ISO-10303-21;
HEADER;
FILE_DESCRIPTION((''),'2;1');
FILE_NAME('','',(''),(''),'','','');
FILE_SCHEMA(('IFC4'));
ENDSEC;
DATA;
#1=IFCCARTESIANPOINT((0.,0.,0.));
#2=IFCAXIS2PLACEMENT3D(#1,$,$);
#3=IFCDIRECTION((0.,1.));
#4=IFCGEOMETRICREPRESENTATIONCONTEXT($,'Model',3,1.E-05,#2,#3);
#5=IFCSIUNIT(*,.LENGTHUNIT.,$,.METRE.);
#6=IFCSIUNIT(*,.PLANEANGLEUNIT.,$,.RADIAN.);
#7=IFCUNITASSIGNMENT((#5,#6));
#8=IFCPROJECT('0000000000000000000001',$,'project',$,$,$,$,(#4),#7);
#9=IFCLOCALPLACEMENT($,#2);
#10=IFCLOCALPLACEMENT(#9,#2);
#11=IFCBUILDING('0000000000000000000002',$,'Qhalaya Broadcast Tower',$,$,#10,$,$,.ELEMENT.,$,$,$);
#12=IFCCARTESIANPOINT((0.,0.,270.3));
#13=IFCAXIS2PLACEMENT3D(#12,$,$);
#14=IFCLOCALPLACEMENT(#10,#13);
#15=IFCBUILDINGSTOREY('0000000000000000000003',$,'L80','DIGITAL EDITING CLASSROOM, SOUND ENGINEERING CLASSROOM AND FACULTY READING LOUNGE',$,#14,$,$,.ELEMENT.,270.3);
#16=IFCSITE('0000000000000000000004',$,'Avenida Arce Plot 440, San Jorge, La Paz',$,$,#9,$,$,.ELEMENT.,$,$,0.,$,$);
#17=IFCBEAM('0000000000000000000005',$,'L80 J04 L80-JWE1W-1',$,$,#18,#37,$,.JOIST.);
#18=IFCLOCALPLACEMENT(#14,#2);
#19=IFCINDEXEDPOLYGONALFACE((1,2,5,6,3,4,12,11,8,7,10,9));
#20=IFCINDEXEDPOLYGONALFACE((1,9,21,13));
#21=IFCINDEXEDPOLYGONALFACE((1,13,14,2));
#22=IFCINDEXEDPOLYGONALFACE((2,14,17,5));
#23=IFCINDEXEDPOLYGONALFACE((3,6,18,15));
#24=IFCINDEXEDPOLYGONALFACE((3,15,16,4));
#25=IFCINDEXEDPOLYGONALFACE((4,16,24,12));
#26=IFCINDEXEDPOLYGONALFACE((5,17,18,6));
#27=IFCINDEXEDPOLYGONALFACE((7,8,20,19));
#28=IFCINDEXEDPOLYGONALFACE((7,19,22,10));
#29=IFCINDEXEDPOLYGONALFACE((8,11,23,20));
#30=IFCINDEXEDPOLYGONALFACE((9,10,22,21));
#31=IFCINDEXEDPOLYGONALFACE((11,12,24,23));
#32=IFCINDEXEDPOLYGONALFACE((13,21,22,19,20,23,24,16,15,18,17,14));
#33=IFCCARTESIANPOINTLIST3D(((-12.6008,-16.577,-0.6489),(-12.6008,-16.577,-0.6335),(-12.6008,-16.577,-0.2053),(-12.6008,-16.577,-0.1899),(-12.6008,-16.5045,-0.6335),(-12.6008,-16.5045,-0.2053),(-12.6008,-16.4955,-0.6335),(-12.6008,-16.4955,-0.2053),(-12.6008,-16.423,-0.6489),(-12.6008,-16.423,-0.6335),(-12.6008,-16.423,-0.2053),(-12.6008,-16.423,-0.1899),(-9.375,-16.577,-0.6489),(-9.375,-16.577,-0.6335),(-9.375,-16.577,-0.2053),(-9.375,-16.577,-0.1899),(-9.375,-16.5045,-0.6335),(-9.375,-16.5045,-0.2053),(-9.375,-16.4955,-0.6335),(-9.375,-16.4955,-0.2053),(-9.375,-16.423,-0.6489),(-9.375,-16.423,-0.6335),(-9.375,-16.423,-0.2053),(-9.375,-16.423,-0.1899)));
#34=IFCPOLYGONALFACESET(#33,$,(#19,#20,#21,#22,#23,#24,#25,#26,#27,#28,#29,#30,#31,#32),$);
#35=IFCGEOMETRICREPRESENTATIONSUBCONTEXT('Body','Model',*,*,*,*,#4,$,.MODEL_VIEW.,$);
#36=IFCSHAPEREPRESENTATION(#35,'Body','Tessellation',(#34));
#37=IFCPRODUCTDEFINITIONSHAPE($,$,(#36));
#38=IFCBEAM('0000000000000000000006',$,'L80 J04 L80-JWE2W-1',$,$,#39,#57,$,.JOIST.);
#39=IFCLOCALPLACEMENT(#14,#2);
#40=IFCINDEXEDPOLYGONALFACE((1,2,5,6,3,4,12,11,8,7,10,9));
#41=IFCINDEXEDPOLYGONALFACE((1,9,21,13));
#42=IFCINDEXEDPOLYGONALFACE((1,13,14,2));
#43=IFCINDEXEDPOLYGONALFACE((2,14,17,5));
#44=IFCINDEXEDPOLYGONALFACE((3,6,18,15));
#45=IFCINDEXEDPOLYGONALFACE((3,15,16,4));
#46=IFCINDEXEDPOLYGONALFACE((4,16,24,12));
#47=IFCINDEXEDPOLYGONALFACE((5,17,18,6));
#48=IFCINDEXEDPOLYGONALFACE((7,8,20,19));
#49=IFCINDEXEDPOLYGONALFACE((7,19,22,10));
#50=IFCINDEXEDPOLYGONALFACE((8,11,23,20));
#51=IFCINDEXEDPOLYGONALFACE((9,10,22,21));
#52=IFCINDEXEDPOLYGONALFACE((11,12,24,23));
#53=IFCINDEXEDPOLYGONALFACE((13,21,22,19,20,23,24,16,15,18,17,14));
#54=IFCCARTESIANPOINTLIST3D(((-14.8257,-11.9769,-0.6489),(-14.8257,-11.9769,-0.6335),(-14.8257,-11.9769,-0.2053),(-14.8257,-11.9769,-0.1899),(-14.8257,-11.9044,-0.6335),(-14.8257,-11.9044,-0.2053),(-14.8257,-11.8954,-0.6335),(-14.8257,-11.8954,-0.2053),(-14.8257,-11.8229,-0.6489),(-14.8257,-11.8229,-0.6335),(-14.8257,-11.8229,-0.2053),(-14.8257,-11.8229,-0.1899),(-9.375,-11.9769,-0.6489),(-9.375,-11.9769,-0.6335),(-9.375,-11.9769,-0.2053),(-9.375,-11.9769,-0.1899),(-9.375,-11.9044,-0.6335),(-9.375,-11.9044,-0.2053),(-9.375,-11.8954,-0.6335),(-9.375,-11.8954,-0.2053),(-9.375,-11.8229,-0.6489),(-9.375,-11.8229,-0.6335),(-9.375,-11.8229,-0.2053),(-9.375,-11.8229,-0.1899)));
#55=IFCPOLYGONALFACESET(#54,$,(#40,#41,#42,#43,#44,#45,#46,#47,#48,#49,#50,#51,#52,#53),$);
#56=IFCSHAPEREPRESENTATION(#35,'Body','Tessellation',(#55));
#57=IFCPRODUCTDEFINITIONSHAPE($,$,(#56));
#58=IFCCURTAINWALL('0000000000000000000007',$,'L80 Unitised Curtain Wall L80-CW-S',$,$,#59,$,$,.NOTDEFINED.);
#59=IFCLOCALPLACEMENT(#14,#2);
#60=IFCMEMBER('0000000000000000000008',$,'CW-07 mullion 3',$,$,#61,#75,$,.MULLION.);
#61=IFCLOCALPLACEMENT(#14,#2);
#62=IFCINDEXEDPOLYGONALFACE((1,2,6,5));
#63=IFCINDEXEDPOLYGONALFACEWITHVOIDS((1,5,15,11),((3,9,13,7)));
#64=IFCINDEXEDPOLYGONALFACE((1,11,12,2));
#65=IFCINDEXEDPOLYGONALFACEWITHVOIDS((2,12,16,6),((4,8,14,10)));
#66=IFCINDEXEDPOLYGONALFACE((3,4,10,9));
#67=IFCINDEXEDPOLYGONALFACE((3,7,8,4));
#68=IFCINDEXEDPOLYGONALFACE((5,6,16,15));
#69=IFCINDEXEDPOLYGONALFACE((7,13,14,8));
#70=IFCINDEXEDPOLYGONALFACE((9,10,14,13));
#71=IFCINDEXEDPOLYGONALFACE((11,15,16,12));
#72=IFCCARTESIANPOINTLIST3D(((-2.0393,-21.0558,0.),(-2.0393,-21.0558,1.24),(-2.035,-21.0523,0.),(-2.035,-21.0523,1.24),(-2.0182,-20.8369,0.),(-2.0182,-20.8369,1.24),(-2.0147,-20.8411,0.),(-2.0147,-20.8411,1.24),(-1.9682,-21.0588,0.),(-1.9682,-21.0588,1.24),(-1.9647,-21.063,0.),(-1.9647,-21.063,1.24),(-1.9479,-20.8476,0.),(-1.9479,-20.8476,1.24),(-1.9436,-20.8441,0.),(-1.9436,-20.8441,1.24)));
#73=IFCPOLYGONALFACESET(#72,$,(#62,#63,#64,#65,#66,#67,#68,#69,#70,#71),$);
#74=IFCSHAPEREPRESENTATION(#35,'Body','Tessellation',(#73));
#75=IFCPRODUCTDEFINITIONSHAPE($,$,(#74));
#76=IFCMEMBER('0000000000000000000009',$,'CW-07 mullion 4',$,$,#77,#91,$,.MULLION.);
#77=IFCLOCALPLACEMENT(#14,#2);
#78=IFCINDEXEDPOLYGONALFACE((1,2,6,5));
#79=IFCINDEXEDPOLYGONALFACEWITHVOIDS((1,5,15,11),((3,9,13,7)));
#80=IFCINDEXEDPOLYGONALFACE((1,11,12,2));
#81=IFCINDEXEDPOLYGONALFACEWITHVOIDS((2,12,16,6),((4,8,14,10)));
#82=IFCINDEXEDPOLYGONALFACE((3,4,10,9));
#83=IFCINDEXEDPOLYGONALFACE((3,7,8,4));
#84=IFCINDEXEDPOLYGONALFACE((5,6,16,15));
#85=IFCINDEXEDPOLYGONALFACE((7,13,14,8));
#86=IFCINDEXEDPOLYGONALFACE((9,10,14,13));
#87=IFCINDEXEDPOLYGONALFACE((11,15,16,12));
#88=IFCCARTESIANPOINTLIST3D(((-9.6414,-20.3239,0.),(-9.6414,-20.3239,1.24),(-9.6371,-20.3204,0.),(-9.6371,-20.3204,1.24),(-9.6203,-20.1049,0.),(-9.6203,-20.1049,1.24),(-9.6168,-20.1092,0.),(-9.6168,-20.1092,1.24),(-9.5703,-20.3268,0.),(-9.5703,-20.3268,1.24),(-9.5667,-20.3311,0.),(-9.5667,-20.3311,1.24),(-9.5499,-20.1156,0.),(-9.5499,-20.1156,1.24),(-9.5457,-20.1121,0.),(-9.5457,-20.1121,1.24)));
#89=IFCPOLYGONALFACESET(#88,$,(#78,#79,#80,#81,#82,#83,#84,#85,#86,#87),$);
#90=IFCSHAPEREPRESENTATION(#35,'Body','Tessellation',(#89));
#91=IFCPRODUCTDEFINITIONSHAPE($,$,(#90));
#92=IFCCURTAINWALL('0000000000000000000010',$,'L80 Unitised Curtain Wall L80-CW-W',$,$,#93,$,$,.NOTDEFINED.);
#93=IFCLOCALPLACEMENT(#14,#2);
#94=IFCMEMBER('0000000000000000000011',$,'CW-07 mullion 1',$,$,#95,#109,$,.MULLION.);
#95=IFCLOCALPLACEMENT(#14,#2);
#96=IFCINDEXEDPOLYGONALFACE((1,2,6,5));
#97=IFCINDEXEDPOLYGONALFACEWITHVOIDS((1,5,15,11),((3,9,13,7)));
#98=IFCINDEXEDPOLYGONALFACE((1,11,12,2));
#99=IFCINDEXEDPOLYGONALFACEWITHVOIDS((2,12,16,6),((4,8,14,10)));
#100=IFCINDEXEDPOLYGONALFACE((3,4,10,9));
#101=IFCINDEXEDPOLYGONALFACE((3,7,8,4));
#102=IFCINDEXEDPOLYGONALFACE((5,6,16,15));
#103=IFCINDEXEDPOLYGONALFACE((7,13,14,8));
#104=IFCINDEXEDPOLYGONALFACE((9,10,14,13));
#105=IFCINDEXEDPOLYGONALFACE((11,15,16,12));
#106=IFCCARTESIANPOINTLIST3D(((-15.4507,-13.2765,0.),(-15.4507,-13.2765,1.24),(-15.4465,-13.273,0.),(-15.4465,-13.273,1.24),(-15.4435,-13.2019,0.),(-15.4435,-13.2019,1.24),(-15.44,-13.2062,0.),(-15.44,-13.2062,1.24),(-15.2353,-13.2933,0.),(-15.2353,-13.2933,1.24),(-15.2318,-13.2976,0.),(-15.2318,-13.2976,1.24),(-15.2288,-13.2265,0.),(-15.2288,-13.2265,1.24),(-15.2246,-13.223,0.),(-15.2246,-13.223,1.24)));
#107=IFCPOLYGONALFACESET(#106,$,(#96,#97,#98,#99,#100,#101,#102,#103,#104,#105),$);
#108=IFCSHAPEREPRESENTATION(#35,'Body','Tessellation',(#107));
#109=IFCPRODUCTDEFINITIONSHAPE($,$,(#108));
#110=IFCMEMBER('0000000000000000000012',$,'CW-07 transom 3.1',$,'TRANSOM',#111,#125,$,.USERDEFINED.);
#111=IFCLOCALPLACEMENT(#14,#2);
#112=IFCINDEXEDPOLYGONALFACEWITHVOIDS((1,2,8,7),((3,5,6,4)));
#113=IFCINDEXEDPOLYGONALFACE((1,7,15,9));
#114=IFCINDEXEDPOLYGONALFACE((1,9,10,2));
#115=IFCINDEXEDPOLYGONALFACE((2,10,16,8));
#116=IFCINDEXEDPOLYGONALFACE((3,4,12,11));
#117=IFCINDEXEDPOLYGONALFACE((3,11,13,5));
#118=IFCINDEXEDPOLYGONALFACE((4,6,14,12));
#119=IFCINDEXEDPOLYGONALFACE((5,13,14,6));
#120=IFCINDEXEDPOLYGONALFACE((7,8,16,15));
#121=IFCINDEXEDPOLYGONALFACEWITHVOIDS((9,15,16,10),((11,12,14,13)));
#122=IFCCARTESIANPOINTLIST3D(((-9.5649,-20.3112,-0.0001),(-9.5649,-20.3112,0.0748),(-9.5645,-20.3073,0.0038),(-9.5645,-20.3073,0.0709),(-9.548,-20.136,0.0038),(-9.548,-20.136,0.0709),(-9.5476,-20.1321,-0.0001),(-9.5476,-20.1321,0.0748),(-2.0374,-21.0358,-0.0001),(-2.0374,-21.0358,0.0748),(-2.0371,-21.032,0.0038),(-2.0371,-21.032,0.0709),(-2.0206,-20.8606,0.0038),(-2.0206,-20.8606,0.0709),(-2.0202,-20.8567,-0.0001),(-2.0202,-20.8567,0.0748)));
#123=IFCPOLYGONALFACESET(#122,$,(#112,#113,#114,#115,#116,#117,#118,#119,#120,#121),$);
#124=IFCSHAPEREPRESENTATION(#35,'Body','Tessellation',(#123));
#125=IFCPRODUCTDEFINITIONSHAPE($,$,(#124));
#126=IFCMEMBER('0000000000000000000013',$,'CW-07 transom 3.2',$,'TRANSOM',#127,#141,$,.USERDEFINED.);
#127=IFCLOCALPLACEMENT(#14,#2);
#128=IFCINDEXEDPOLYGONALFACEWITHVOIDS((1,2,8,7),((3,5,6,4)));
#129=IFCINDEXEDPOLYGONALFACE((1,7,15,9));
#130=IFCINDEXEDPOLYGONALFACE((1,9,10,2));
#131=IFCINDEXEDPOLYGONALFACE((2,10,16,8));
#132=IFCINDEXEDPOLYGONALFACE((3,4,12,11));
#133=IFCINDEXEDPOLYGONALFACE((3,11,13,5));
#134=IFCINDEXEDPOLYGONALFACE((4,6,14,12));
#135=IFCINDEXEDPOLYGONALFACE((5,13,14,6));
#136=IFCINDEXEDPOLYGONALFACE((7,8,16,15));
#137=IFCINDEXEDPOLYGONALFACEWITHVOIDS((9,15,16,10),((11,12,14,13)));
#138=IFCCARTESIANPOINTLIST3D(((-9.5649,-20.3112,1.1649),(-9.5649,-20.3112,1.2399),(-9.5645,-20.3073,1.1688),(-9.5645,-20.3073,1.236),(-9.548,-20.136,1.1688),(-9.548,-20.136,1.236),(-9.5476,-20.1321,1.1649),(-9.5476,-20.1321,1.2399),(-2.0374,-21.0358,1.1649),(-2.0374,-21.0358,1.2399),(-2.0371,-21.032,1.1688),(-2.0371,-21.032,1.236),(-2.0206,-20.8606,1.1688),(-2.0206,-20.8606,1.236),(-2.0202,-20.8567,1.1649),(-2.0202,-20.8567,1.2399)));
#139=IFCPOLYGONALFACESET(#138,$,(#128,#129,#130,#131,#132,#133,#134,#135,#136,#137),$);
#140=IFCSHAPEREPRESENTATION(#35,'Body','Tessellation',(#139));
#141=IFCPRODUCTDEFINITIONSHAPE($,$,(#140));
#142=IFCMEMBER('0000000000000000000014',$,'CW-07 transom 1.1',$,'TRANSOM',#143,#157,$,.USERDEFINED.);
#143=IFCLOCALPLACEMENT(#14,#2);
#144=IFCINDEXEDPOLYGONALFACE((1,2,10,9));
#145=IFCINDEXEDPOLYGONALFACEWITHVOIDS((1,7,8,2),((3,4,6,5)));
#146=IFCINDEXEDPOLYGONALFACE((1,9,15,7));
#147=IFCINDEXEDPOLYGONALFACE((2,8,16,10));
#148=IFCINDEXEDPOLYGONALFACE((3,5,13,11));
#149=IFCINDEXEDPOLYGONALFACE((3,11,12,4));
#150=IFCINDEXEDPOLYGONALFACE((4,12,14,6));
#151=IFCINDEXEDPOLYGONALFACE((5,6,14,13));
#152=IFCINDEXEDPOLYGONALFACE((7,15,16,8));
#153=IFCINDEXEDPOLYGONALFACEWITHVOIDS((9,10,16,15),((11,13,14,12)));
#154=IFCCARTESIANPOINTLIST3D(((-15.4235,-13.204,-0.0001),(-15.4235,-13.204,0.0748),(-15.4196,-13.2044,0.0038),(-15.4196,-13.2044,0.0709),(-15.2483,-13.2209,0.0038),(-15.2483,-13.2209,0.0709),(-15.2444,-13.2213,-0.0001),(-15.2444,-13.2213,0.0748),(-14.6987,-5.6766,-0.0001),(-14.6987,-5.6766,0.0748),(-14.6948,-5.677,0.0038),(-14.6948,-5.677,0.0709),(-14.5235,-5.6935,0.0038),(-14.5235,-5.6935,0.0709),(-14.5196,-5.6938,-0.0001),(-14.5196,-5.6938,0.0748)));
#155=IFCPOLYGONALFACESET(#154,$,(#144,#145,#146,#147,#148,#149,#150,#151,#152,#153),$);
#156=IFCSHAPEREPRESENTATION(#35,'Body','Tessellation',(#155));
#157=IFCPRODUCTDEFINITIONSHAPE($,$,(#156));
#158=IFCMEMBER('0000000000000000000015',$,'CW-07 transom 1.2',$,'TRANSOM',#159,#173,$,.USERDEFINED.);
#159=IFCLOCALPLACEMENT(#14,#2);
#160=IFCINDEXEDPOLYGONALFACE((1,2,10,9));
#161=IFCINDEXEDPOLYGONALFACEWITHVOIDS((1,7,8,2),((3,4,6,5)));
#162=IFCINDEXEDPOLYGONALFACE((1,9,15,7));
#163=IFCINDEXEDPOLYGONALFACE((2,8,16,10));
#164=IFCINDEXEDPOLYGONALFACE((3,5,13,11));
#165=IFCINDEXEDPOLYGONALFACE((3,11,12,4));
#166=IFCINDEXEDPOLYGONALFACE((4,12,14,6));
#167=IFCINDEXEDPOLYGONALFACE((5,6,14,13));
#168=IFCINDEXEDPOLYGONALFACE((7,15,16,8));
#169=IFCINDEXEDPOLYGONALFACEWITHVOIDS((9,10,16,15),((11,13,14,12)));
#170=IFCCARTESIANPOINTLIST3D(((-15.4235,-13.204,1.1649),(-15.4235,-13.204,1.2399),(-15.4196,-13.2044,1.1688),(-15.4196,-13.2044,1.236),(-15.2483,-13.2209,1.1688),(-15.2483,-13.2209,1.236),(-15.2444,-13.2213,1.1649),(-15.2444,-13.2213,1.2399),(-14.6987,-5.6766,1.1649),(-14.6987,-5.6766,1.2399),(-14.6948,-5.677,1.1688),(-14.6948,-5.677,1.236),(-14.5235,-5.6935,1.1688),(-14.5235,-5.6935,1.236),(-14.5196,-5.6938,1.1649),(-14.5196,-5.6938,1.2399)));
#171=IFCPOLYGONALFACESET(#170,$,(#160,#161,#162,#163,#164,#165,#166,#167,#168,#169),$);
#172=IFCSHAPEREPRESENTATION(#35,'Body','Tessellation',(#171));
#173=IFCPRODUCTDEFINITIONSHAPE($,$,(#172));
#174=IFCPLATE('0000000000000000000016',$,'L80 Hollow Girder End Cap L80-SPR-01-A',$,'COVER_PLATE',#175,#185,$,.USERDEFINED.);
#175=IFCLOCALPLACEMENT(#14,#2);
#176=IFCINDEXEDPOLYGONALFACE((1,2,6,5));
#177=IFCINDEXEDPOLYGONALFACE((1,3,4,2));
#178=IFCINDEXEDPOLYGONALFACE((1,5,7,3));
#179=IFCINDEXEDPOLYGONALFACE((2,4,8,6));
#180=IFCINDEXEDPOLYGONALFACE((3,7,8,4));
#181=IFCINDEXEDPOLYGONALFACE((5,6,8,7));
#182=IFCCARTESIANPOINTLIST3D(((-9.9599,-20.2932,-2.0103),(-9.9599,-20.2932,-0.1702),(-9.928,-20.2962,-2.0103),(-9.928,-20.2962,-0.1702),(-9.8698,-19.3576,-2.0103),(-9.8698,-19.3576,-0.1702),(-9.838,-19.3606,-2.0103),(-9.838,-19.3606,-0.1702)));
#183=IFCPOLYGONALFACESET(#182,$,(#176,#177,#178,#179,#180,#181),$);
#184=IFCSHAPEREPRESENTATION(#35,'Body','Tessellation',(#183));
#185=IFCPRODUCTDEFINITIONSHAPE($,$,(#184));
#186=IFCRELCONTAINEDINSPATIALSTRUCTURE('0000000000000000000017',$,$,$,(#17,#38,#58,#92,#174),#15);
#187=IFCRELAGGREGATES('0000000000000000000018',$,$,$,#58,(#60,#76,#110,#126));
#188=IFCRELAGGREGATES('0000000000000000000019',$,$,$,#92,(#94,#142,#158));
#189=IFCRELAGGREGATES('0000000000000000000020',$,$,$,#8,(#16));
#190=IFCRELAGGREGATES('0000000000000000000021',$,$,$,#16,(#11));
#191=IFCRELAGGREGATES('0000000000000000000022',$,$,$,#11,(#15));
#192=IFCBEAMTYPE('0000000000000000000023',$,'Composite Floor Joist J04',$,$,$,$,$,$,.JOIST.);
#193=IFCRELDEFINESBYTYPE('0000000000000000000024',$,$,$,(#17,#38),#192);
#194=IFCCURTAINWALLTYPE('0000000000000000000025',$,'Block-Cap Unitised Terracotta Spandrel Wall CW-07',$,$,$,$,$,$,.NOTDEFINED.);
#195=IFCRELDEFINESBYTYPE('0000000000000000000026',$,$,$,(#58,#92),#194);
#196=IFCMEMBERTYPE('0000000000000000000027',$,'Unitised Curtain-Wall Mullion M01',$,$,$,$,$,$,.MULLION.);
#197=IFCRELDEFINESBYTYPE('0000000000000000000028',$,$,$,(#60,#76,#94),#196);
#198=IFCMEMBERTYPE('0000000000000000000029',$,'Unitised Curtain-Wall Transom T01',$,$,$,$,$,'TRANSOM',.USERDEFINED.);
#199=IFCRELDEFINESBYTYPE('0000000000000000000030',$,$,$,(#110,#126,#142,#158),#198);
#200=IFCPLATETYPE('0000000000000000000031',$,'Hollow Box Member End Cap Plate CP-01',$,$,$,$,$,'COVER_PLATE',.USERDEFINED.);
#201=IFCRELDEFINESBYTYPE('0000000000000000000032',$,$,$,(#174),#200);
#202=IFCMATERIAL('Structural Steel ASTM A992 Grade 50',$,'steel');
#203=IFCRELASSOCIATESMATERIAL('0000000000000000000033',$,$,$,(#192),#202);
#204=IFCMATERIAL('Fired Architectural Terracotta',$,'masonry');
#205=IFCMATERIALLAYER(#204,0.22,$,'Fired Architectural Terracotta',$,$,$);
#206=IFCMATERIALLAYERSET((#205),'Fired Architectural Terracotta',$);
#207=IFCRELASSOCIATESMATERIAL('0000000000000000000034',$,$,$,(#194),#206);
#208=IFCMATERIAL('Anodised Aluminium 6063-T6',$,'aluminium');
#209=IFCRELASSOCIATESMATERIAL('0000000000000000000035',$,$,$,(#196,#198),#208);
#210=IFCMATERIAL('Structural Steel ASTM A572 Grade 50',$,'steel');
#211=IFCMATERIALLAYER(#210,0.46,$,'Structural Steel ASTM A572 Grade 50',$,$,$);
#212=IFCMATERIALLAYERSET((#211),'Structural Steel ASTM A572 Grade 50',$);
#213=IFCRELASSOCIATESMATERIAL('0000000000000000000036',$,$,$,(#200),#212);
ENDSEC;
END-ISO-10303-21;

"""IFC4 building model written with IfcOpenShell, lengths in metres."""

from ifc_helpers import new_model, si_unit, direction, frame, origin, origin_2d, place, context, subcontext, project, spatial, rectangle, hollow_rectangle, i_section, extrude, material, layer, layer_set, material_profile, profile_set, type_object, element, aggregate, save


model = new_model("IFC4")

# Units and contexts
model_context = context("Model", 3, precision=1e-05, world=origin(), true_north=direction((0.0, 1.0)))
body_context = subcontext(model_context, "Body", "Model", "MODEL_VIEW")
ifc_project = project(units=[si_unit("LENGTHUNIT", "METRE"), si_unit("PLANEANGLEUNIT", "RADIAN")], contexts=[model_context])

# Site, building, storey
site_placement = place(None, origin())
site = spatial("IfcSite", under=ifc_project, at=site_placement, Name="Avenida Arce Plot 440, San Jorge, La Paz", CompositionType="ELEMENT", RefElevation=0.0)
building_placement = place(site_placement, origin())
building = spatial("IfcBuilding", under=site, at=building_placement, Name="Qhalaya Broadcast Tower", CompositionType="ELEMENT")
storey_placement = place(building_placement, frame((0.0, 0.0, 270.3)))
storey = spatial("IfcBuildingStorey", under=building, at=storey_placement, Name="L80", Description="DIGITAL EDITING CLASSROOM, SOUND ENGINEERING CLASSROOM AND FACULTY READING LOUNGE", CompositionType="ELEMENT", Elevation=270.3)

# Shared definitions
ifc_material_1 = material(Name="Structural Steel ASTM A572 Grade 50", Category="steel")

# Beams
ifc_material_2 = material(Name="Structural Steel ASTM A992 Grade 50", Category="steel")
ifc_material_profile_1 = material_profile(ifc_material_2, i_section(OverallWidth=0.1541, OverallDepth=0.459, WebThickness=0.009, FlangeThickness=0.0154, at=origin_2d()), Name="W18X46")
ifc_profile_set_1 = profile_set([ifc_material_profile_1], Name="Structural Steel ASTM A992 Grade 50")
beam_type_1 = type_object("IfcBeamType", Name="Composite Floor Joist J04", PredefinedType="JOIST", material=ifc_profile_set_1)
beam_1_placement = place(storey_placement, frame((-12.6008, -16.5, -0.4194), z_axis=(1.0, 0.0, 0.0), x_axis=(0.0, 1.0, 0.0)))
element("IfcBeam", 1, at=beam_1_placement, inside=storey, type_object=beam_type_1, Name="L80 J04 L80-JWE1W-1", PredefinedType="JOIST", context=body_context, shape_type="SweptSolid", body=[
    extrude(i_section(OverallWidth=0.1541, OverallDepth=0.459, WebThickness=0.009, FlangeThickness=0.0154, at=origin_2d()), origin(), (0.0, 0.0, 1.0), 3.2258),
])
beam_2_placement = place(storey_placement, frame((-14.8257, -11.8999, -0.4194), z_axis=(1.0, 0.0, 0.0), x_axis=(0.0, 1.0, 0.0)))
element("IfcBeam", 2, at=beam_2_placement, inside=storey, type_object=beam_type_1, Name="L80 J04 L80-JWE2W-1", PredefinedType="JOIST", context=body_context, shape_type="SweptSolid", body=[
    extrude(i_section(OverallWidth=0.1541, OverallDepth=0.459, WebThickness=0.009, FlangeThickness=0.0154, at=origin_2d()), origin(), (0.0, 0.0, 1.0), 5.4507),
])

# Curtain wall, members
ifc_material_3 = material(Name="Fired Architectural Terracotta", Category="masonry")
ifc_layer_1 = layer(ifc_material_3, 0.22, Name="Fired Architectural Terracotta")
ifc_layer_set_1 = layer_set([ifc_layer_1], Name="Fired Architectural Terracotta")
curtain_wall_type = type_object("IfcCurtainWallType", Name="Block-Cap Unitised Terracotta Spandrel Wall CW-07", PredefinedType="NOTDEFINED", material=ifc_layer_set_1)
curtain_wall_1_placement = place(storey_placement, origin())
curtain_wall_1 = element("IfcCurtainWall", 3, at=curtain_wall_1_placement, inside=storey, type_object=curtain_wall_type, Name="L80 Unitised Curtain Wall L80-CW-S", PredefinedType="NOTDEFINED")
ifc_material_4 = material(Name="Anodised Aluminium 6063-T6", Category="aluminium")
ifc_material_profile_2 = material_profile(ifc_material_4, hollow_rectangle(XDim=0.075, YDim=0.22, WallThickness=0.0039, at=origin_2d()), Name="ALU-MUL 75x220x4")
ifc_profile_set_2 = profile_set([ifc_material_profile_2], Name="Anodised Aluminium 6063-T6")
member_type_1 = type_object("IfcMemberType", Name="Unitised Curtain-Wall Mullion M01", PredefinedType="MULLION", material=ifc_profile_set_2)
member_1_placement = place(storey_placement, frame((-1.9915, -20.95, 0.0), z_axis=(0.0, 0.0, 1.0), x_axis=(-0.995396, 0.095848, 0.0)))
member_1 = element("IfcMember", 4, at=member_1_placement, type_object=member_type_1, Name="CW-07 mullion 3", PredefinedType="MULLION", context=body_context, shape_type="SweptSolid", body=[
    extrude(hollow_rectangle(XDim=0.075, YDim=0.22, WallThickness=0.0039, at=origin_2d()), origin(), (0.0, 0.0, 1.0), 1.24),
])
member_2_placement = place(storey_placement, frame((-9.5935, -20.218, 0.0), z_axis=(0.0, 0.0, 1.0), x_axis=(-0.995396, 0.095848, 0.0)))
member_2 = element("IfcMember", 5, at=member_2_placement, type_object=member_type_1, Name="CW-07 mullion 4", PredefinedType="MULLION", context=body_context, shape_type="SweptSolid", body=[
    extrude(hollow_rectangle(XDim=0.075, YDim=0.22, WallThickness=0.0039, at=origin_2d()), origin(), (0.0, 0.0, 1.0), 1.24),
])

# Curtain wall, member
curtain_wall_2_placement = place(storey_placement, origin())
curtain_wall_2 = element("IfcCurtainWall", 6, at=curtain_wall_2_placement, inside=storey, type_object=curtain_wall_type, Name="L80 Unitised Curtain Wall L80-CW-W", PredefinedType="NOTDEFINED")
member_3_placement = place(storey_placement, frame((-15.3376, -13.2498, 0.0), z_axis=(0.0, 0.0, 1.0), x_axis=(0.095848, 0.995396, 0.0)))
member_3 = element("IfcMember", 7, at=member_3_placement, type_object=member_type_1, Name="CW-07 mullion 1", PredefinedType="MULLION", context=body_context, shape_type="SweptSolid", body=[
    extrude(hollow_rectangle(XDim=0.075, YDim=0.22, WallThickness=0.0039, at=origin_2d()), origin(), (0.0, 0.0, 1.0), 1.24),
])

# Members
ifc_material_profile_3 = material_profile(ifc_material_4, hollow_rectangle(XDim=0.075, YDim=0.1799, WallThickness=0.0039, at=origin_2d()), Name="ALU-TRN 75x180x4")
ifc_profile_set_3 = profile_set([ifc_material_profile_3], Name="Anodised Aluminium 6063-T6")
member_type_2 = type_object("IfcMemberType", Name="Unitised Curtain-Wall Transom T01", ElementType="TRANSOM", PredefinedType="USERDEFINED", material=ifc_profile_set_3)
member_4_placement = place(storey_placement, frame((-2.0288, -20.9463, 0.0374), z_axis=(-0.995399, 0.095821, 0.0), x_axis=(0.0, 0.0, 1.0)))
member_4 = element("IfcMember", 8, at=member_4_placement, type_object=member_type_2, Name="CW-07 transom 3.1", ObjectType="TRANSOM", PredefinedType="USERDEFINED", context=body_context, shape_type="SweptSolid", body=[
    extrude(hollow_rectangle(XDim=0.075, YDim=0.1799, WallThickness=0.0039, at=origin_2d()), origin(), (0.0, 0.0, 1.0), 7.5623),
])
member_5_placement = place(storey_placement, frame((-2.0288, -20.9463, 1.2024), z_axis=(-0.995399, 0.095821, 0.0), x_axis=(0.0, 0.0, 1.0)))
member_5 = element("IfcMember", 9, at=member_5_placement, type_object=member_type_2, Name="CW-07 transom 3.2", ObjectType="TRANSOM", PredefinedType="USERDEFINED", context=body_context, shape_type="SweptSolid", body=[
    extrude(hollow_rectangle(XDim=0.075, YDim=0.1799, WallThickness=0.0039, at=origin_2d()), origin(), (0.0, 0.0, 1.0), 7.5623),
])
member_6_placement = place(storey_placement, frame((-15.334, -13.2126, 0.0374), z_axis=(0.095853, 0.995396, 0.0), x_axis=(0.0, 0.0, 1.0)))
member_6 = element("IfcMember", 10, at=member_6_placement, type_object=member_type_2, Name="CW-07 transom 1.1", ObjectType="TRANSOM", PredefinedType="USERDEFINED", context=body_context, shape_type="SweptSolid", body=[
    extrude(hollow_rectangle(XDim=0.075, YDim=0.1799, WallThickness=0.0039, at=origin_2d()), origin(), (0.0, 0.0, 1.0), 7.5623),
])
member_7_placement = place(storey_placement, frame((-15.334, -13.2126, 1.2024), z_axis=(0.095853, 0.995396, 0.0), x_axis=(0.0, 0.0, 1.0)))
member_7 = element("IfcMember", 11, at=member_7_placement, type_object=member_type_2, Name="CW-07 transom 1.2", ObjectType="TRANSOM", PredefinedType="USERDEFINED", context=body_context, shape_type="SweptSolid", body=[
    extrude(hollow_rectangle(XDim=0.075, YDim=0.1799, WallThickness=0.0039, at=origin_2d()), origin(), (0.0, 0.0, 1.0), 7.5623),
])

# Plate
ifc_layer_2 = layer(ifc_material_1, 0.46, Name="Structural Steel ASTM A572 Grade 50")
ifc_layer_set_2 = layer_set([ifc_layer_2], Name="Structural Steel ASTM A572 Grade 50")
plate_type_1 = type_object("IfcPlateType", Name="Hollow Box Member End Cap Plate CP-01", ElementType="COVER_PLATE", PredefinedType="USERDEFINED", material=ifc_layer_set_2)
for number, where, z_axis, x_axis, name in (
    (12, (-9.8989, -19.8269, -2.0103), (0.0, 0.0, 1.0), (0.095828, 0.995398, 0.0), "L80 Hollow Girder End Cap L80-SPR-01-A"),
):
    element("IfcPlate", number, at=place(storey_placement, frame(where, z_axis=z_axis, x_axis=x_axis)), inside=storey, type_object=plate_type_1, Name=name, ObjectType="COVER_PLATE", PredefinedType="USERDEFINED", context=body_context, shape_type="SweptSolid", body=[
        extrude(rectangle(XDim=0.9399, YDim=0.032, at=origin_2d()), origin(), (0.0, 0.0, 1.0), 1.8401),
    ])

aggregate(curtain_wall_1, [member_1, member_2, member_4, member_5])
aggregate(curtain_wall_2, [member_3, member_6, member_7])

save(model, "model.ifc")
